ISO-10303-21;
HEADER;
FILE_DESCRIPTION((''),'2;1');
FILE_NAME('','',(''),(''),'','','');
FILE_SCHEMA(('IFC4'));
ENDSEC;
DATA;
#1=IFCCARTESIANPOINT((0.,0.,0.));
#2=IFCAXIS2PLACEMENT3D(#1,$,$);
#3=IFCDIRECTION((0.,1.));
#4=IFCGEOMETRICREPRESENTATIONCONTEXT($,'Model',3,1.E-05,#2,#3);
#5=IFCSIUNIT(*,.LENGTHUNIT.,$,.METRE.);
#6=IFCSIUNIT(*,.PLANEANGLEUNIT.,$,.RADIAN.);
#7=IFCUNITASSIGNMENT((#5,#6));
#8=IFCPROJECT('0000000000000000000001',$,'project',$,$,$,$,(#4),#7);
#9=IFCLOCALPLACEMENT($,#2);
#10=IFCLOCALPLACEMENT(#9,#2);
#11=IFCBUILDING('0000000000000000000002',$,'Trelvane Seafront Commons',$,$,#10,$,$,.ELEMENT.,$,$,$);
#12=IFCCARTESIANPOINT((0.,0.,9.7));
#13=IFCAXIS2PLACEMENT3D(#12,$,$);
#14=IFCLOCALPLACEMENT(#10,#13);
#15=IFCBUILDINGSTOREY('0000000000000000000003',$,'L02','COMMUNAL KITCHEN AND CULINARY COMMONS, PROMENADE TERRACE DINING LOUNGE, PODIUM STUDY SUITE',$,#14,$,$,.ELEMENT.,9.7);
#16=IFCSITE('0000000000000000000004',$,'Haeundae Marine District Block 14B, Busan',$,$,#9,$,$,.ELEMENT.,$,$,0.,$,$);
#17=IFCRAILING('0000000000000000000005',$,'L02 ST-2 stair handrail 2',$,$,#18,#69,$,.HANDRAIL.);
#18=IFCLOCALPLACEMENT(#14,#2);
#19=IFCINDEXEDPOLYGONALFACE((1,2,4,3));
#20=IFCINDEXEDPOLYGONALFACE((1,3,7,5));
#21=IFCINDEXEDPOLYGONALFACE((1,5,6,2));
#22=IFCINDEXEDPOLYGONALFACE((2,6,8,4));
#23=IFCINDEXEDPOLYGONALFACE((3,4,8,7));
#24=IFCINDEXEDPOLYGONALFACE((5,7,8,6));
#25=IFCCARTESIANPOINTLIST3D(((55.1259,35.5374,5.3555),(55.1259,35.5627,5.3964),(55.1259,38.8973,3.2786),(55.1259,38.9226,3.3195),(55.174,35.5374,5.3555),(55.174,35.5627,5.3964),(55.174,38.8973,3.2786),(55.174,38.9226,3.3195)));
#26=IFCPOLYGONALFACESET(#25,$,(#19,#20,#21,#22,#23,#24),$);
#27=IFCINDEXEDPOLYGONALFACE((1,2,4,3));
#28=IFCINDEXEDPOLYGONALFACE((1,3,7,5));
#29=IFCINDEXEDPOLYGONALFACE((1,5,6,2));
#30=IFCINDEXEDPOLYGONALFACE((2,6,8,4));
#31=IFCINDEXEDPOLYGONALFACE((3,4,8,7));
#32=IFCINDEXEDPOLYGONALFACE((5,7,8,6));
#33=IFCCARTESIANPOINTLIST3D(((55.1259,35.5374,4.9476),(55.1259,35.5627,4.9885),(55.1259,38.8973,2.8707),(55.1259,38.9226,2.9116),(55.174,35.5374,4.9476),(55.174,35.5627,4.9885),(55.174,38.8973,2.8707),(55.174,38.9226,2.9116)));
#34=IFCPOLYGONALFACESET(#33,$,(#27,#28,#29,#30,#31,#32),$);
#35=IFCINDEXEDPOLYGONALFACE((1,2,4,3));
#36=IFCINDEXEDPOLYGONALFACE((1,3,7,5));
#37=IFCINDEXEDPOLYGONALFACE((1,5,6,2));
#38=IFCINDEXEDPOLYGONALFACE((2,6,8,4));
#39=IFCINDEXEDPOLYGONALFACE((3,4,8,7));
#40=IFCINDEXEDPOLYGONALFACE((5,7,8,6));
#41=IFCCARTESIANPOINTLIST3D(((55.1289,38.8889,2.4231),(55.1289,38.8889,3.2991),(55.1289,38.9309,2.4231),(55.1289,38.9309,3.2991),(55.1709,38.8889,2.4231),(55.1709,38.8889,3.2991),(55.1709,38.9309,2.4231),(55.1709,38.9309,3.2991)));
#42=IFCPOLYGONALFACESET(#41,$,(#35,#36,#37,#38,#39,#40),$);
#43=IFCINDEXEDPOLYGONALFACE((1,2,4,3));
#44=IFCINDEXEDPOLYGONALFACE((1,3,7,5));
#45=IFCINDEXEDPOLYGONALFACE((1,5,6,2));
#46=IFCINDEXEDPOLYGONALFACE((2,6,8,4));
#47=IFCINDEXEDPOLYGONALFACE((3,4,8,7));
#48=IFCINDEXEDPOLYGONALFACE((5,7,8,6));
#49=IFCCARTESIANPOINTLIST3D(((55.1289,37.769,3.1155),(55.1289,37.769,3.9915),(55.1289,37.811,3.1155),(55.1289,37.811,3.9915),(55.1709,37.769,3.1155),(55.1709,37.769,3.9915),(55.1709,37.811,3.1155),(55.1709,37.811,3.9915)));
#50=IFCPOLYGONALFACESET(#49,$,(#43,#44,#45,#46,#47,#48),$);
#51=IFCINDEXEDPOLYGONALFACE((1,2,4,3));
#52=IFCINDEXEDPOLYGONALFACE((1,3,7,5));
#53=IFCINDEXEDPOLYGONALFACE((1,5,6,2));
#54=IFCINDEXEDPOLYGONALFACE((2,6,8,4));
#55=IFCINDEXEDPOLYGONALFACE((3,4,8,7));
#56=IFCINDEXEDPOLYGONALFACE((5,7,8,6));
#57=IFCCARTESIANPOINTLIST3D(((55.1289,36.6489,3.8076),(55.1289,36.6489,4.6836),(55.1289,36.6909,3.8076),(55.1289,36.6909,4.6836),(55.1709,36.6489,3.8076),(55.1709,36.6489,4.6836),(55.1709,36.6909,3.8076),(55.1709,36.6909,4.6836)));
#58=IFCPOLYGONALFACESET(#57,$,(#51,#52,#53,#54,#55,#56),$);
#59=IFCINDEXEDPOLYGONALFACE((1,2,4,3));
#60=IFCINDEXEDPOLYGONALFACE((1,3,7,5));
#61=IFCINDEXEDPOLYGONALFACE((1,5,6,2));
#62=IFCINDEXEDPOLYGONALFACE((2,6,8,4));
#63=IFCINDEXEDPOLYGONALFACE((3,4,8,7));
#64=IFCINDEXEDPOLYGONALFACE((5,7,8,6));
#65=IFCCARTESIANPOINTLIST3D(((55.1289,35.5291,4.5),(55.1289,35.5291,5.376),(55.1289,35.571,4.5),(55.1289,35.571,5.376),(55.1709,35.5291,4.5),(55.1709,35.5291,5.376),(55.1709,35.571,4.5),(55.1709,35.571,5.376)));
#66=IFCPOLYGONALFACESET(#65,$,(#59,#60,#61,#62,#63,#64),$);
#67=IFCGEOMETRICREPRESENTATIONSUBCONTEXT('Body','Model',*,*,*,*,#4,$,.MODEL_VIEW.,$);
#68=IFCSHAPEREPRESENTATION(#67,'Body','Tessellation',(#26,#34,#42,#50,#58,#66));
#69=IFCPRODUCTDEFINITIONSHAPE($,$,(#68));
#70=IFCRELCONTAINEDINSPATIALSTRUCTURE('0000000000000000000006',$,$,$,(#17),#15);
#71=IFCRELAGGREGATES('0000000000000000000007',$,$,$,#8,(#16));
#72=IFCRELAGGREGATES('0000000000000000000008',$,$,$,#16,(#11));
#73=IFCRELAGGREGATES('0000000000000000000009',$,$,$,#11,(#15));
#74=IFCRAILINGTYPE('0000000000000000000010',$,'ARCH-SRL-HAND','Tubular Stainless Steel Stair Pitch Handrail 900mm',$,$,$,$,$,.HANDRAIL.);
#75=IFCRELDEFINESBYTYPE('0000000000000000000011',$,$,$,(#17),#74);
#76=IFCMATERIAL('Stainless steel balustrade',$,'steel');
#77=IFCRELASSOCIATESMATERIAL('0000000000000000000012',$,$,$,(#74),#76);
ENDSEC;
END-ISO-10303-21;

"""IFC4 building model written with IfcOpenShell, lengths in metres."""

from ifc_helpers import new_model, si_unit, direction, frame, origin, origin_2d, place, context, subcontext, project, spatial, rectangle, extrude, material, type_object, element, save


model = new_model("IFC4")

# Units and contexts
model_context = context("Model", 3, precision=1e-05, world=origin(), true_north=direction((0.0, 1.0)))
body_context = subcontext(model_context, "Body", "Model", "MODEL_VIEW")
ifc_project = project(units=[si_unit("LENGTHUNIT", "METRE"), si_unit("PLANEANGLEUNIT", "RADIAN")], contexts=[model_context])

# Site, building, storey
site_placement = place(None, origin())
site = spatial("IfcSite", under=ifc_project, at=site_placement, Name="Haeundae Marine District Block 14B, Busan", CompositionType="ELEMENT", RefElevation=0.0)
building_placement = place(site_placement, origin())
building = spatial("IfcBuilding", under=site, at=building_placement, Name="Trelvane Seafront Commons", CompositionType="ELEMENT")
storey_placement = place(building_placement, frame((0.0, 0.0, 9.7)))
storey = spatial("IfcBuildingStorey", under=building, at=storey_placement, Name="L02", Description="COMMUNAL KITCHEN AND CULINARY COMMONS, PROMENADE TERRACE DINING LOUNGE, PODIUM STUDY SUITE", CompositionType="ELEMENT", Elevation=9.7)

# Railing
ifc_material_1 = material(Name="Stainless steel balustrade", Category="steel")
railing_type_1 = type_object("IfcRailingType", Name="ARCH-SRL-HAND", Description="Tubular Stainless Steel Stair Pitch Handrail 900mm", PredefinedType="HANDRAIL", material=ifc_material_1)
railing_1_placement = place(storey_placement, frame((55.1499, 38.9099, 2.4231)))
element("IfcRailing", 1, at=railing_1_placement, inside=storey, type_object=railing_type_1, Name="L02 ST-2 stair handrail 2", PredefinedType="HANDRAIL", context=body_context, shape_type="SweptSolid", body=[
    extrude(rectangle(XDim=0.0481, YDim=0.0481, at=origin_2d()), frame((0.0, 0.0, 0.876), z_axis=(0.0, -0.850606, 0.525803), x_axis=(1.0, 0.0, 0.0)), (0.0, 0.0, 1.0), 3.95),
    extrude(rectangle(XDim=0.0481, YDim=0.0481, at=origin_2d()), frame((0.0, 0.0, 0.468), z_axis=(0.0, -0.850606, 0.525803), x_axis=(1.0, 0.0, 0.0)), (0.0, 0.0, 1.0), 3.95),
    extrude(rectangle(XDim=0.042, YDim=0.042, at=origin_2d()), origin(), (0.0, 0.0, 1.0), 0.876),
    extrude(rectangle(XDim=0.042, YDim=0.042, at=origin_2d()), frame((0.0, -1.1199, 0.6924)), (0.0, 0.0, 1.0), 0.876),
    extrude(rectangle(XDim=0.042, YDim=0.042, at=origin_2d()), frame((0.0, -2.24, 1.3845)), (0.0, 0.0, 1.0), 0.876),
    extrude(rectangle(XDim=0.042, YDim=0.042, at=origin_2d()), frame((0.0, -3.3599, 2.0769)), (0.0, 0.0, 1.0), 0.876),
])

save(model, "model.ifc")
